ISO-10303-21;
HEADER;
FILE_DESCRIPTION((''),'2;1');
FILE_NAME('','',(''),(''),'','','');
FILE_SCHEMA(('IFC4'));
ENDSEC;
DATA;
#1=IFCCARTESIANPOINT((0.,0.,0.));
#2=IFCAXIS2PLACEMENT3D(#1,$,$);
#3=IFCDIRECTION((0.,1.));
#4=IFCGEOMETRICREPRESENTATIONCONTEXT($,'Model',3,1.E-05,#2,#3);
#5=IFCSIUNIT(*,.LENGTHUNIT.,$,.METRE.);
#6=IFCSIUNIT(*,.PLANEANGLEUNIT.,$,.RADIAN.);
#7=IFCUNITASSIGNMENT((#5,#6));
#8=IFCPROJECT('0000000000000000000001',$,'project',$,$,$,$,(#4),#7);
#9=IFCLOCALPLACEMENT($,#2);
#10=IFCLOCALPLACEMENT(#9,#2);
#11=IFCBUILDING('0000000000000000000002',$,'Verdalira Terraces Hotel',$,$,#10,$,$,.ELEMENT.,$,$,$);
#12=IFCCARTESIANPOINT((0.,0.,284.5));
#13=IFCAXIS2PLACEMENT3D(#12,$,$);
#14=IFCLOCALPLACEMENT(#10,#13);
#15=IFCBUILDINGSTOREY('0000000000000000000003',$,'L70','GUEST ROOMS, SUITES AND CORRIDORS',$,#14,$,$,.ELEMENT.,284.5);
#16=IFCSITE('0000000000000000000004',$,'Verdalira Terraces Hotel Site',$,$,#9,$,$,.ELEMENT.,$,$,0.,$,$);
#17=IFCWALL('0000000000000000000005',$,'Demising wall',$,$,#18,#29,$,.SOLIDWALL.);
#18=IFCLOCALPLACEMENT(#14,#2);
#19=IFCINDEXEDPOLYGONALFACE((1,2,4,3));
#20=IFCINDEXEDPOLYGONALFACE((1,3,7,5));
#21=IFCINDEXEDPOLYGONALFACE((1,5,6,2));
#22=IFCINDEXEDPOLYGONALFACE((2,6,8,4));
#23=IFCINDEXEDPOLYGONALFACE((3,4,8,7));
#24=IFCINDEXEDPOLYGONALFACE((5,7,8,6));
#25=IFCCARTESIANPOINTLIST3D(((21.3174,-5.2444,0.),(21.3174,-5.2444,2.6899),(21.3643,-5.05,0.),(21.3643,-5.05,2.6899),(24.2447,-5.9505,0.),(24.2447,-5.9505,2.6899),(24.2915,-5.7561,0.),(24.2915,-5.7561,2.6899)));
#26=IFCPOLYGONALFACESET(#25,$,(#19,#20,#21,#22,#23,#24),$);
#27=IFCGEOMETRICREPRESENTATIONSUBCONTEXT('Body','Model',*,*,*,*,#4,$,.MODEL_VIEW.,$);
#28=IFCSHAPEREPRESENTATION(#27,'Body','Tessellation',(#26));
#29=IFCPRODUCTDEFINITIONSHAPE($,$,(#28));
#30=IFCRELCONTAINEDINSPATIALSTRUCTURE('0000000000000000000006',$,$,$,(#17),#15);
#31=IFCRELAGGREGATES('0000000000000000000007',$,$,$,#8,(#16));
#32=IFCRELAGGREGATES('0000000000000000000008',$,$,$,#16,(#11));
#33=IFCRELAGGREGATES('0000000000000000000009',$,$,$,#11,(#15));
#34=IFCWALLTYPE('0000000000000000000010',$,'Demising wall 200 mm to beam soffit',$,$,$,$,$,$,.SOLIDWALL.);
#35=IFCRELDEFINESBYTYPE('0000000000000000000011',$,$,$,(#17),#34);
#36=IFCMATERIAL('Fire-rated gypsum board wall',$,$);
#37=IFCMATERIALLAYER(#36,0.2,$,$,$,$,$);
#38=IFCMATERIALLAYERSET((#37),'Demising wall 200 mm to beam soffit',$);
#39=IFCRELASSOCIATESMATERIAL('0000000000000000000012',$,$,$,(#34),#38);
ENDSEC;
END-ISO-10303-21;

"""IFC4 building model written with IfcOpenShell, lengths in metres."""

from ifc_helpers import new_model, si_unit, direction, frame, frame_2d, origin, place, context, subcontext, project, spatial, rectangle, extrude, material, layer, layer_set, type_object, element, save


model = new_model("IFC4")

# Units and contexts
model_context = context("Model", 3, precision=1e-05, world=origin(), true_north=direction((0.0, 1.0)))
body_context = subcontext(model_context, "Body", "Model", "MODEL_VIEW")
ifc_project = project(units=[si_unit("LENGTHUNIT", "METRE"), si_unit("PLANEANGLEUNIT", "RADIAN")], contexts=[model_context])

# Site, building, storey
site_placement = place(None, origin())
site = spatial("IfcSite", under=ifc_project, at=site_placement, Name="Verdalira Terraces Hotel Site", CompositionType="ELEMENT", RefElevation=0.0)
building_placement = place(site_placement, origin())
building = spatial("IfcBuilding", under=site, at=building_placement, Name="Verdalira Terraces Hotel", CompositionType="ELEMENT")
storey_placement = place(building_placement, frame((0.0, 0.0, 284.5)))
storey = spatial("IfcBuildingStorey", under=building, at=storey_placement, Name="L70", Description="GUEST ROOMS, SUITES AND CORRIDORS", CompositionType="ELEMENT", Elevation=284.5)

# Wall
ifc_material_1 = material(Name="Fire-rated gypsum board wall")
ifc_layer_1 = layer(ifc_material_1, 0.2)
ifc_layer_set_1 = layer_set([ifc_layer_1], Name="Demising wall 200 mm to beam soffit")
wall_type_1 = type_object("IfcWallType", Name="Demising wall 200 mm to beam soffit", PredefinedType="SOLIDWALL", material=ifc_layer_set_1)
wall_1_placement = place(storey_placement, frame((21.3408, -5.1472, 0.0), z_axis=(0.0, 0.0, 1.0), x_axis=(0.972122, -0.234477, 0.0)))
element("IfcWall", 1, at=wall_1_placement, inside=storey, type_object=wall_type_1, Name="Demising wall", PredefinedType="SOLIDWALL", context=body_context, shape_type="SweptSolid", body=[
    extrude(rectangle(XDim=3.0112, YDim=0.2, at=frame_2d((1.5056, 0.0))), origin(), (0.0, 0.0, 1.0), 2.6899),
])

save(model, "model.ifc")
